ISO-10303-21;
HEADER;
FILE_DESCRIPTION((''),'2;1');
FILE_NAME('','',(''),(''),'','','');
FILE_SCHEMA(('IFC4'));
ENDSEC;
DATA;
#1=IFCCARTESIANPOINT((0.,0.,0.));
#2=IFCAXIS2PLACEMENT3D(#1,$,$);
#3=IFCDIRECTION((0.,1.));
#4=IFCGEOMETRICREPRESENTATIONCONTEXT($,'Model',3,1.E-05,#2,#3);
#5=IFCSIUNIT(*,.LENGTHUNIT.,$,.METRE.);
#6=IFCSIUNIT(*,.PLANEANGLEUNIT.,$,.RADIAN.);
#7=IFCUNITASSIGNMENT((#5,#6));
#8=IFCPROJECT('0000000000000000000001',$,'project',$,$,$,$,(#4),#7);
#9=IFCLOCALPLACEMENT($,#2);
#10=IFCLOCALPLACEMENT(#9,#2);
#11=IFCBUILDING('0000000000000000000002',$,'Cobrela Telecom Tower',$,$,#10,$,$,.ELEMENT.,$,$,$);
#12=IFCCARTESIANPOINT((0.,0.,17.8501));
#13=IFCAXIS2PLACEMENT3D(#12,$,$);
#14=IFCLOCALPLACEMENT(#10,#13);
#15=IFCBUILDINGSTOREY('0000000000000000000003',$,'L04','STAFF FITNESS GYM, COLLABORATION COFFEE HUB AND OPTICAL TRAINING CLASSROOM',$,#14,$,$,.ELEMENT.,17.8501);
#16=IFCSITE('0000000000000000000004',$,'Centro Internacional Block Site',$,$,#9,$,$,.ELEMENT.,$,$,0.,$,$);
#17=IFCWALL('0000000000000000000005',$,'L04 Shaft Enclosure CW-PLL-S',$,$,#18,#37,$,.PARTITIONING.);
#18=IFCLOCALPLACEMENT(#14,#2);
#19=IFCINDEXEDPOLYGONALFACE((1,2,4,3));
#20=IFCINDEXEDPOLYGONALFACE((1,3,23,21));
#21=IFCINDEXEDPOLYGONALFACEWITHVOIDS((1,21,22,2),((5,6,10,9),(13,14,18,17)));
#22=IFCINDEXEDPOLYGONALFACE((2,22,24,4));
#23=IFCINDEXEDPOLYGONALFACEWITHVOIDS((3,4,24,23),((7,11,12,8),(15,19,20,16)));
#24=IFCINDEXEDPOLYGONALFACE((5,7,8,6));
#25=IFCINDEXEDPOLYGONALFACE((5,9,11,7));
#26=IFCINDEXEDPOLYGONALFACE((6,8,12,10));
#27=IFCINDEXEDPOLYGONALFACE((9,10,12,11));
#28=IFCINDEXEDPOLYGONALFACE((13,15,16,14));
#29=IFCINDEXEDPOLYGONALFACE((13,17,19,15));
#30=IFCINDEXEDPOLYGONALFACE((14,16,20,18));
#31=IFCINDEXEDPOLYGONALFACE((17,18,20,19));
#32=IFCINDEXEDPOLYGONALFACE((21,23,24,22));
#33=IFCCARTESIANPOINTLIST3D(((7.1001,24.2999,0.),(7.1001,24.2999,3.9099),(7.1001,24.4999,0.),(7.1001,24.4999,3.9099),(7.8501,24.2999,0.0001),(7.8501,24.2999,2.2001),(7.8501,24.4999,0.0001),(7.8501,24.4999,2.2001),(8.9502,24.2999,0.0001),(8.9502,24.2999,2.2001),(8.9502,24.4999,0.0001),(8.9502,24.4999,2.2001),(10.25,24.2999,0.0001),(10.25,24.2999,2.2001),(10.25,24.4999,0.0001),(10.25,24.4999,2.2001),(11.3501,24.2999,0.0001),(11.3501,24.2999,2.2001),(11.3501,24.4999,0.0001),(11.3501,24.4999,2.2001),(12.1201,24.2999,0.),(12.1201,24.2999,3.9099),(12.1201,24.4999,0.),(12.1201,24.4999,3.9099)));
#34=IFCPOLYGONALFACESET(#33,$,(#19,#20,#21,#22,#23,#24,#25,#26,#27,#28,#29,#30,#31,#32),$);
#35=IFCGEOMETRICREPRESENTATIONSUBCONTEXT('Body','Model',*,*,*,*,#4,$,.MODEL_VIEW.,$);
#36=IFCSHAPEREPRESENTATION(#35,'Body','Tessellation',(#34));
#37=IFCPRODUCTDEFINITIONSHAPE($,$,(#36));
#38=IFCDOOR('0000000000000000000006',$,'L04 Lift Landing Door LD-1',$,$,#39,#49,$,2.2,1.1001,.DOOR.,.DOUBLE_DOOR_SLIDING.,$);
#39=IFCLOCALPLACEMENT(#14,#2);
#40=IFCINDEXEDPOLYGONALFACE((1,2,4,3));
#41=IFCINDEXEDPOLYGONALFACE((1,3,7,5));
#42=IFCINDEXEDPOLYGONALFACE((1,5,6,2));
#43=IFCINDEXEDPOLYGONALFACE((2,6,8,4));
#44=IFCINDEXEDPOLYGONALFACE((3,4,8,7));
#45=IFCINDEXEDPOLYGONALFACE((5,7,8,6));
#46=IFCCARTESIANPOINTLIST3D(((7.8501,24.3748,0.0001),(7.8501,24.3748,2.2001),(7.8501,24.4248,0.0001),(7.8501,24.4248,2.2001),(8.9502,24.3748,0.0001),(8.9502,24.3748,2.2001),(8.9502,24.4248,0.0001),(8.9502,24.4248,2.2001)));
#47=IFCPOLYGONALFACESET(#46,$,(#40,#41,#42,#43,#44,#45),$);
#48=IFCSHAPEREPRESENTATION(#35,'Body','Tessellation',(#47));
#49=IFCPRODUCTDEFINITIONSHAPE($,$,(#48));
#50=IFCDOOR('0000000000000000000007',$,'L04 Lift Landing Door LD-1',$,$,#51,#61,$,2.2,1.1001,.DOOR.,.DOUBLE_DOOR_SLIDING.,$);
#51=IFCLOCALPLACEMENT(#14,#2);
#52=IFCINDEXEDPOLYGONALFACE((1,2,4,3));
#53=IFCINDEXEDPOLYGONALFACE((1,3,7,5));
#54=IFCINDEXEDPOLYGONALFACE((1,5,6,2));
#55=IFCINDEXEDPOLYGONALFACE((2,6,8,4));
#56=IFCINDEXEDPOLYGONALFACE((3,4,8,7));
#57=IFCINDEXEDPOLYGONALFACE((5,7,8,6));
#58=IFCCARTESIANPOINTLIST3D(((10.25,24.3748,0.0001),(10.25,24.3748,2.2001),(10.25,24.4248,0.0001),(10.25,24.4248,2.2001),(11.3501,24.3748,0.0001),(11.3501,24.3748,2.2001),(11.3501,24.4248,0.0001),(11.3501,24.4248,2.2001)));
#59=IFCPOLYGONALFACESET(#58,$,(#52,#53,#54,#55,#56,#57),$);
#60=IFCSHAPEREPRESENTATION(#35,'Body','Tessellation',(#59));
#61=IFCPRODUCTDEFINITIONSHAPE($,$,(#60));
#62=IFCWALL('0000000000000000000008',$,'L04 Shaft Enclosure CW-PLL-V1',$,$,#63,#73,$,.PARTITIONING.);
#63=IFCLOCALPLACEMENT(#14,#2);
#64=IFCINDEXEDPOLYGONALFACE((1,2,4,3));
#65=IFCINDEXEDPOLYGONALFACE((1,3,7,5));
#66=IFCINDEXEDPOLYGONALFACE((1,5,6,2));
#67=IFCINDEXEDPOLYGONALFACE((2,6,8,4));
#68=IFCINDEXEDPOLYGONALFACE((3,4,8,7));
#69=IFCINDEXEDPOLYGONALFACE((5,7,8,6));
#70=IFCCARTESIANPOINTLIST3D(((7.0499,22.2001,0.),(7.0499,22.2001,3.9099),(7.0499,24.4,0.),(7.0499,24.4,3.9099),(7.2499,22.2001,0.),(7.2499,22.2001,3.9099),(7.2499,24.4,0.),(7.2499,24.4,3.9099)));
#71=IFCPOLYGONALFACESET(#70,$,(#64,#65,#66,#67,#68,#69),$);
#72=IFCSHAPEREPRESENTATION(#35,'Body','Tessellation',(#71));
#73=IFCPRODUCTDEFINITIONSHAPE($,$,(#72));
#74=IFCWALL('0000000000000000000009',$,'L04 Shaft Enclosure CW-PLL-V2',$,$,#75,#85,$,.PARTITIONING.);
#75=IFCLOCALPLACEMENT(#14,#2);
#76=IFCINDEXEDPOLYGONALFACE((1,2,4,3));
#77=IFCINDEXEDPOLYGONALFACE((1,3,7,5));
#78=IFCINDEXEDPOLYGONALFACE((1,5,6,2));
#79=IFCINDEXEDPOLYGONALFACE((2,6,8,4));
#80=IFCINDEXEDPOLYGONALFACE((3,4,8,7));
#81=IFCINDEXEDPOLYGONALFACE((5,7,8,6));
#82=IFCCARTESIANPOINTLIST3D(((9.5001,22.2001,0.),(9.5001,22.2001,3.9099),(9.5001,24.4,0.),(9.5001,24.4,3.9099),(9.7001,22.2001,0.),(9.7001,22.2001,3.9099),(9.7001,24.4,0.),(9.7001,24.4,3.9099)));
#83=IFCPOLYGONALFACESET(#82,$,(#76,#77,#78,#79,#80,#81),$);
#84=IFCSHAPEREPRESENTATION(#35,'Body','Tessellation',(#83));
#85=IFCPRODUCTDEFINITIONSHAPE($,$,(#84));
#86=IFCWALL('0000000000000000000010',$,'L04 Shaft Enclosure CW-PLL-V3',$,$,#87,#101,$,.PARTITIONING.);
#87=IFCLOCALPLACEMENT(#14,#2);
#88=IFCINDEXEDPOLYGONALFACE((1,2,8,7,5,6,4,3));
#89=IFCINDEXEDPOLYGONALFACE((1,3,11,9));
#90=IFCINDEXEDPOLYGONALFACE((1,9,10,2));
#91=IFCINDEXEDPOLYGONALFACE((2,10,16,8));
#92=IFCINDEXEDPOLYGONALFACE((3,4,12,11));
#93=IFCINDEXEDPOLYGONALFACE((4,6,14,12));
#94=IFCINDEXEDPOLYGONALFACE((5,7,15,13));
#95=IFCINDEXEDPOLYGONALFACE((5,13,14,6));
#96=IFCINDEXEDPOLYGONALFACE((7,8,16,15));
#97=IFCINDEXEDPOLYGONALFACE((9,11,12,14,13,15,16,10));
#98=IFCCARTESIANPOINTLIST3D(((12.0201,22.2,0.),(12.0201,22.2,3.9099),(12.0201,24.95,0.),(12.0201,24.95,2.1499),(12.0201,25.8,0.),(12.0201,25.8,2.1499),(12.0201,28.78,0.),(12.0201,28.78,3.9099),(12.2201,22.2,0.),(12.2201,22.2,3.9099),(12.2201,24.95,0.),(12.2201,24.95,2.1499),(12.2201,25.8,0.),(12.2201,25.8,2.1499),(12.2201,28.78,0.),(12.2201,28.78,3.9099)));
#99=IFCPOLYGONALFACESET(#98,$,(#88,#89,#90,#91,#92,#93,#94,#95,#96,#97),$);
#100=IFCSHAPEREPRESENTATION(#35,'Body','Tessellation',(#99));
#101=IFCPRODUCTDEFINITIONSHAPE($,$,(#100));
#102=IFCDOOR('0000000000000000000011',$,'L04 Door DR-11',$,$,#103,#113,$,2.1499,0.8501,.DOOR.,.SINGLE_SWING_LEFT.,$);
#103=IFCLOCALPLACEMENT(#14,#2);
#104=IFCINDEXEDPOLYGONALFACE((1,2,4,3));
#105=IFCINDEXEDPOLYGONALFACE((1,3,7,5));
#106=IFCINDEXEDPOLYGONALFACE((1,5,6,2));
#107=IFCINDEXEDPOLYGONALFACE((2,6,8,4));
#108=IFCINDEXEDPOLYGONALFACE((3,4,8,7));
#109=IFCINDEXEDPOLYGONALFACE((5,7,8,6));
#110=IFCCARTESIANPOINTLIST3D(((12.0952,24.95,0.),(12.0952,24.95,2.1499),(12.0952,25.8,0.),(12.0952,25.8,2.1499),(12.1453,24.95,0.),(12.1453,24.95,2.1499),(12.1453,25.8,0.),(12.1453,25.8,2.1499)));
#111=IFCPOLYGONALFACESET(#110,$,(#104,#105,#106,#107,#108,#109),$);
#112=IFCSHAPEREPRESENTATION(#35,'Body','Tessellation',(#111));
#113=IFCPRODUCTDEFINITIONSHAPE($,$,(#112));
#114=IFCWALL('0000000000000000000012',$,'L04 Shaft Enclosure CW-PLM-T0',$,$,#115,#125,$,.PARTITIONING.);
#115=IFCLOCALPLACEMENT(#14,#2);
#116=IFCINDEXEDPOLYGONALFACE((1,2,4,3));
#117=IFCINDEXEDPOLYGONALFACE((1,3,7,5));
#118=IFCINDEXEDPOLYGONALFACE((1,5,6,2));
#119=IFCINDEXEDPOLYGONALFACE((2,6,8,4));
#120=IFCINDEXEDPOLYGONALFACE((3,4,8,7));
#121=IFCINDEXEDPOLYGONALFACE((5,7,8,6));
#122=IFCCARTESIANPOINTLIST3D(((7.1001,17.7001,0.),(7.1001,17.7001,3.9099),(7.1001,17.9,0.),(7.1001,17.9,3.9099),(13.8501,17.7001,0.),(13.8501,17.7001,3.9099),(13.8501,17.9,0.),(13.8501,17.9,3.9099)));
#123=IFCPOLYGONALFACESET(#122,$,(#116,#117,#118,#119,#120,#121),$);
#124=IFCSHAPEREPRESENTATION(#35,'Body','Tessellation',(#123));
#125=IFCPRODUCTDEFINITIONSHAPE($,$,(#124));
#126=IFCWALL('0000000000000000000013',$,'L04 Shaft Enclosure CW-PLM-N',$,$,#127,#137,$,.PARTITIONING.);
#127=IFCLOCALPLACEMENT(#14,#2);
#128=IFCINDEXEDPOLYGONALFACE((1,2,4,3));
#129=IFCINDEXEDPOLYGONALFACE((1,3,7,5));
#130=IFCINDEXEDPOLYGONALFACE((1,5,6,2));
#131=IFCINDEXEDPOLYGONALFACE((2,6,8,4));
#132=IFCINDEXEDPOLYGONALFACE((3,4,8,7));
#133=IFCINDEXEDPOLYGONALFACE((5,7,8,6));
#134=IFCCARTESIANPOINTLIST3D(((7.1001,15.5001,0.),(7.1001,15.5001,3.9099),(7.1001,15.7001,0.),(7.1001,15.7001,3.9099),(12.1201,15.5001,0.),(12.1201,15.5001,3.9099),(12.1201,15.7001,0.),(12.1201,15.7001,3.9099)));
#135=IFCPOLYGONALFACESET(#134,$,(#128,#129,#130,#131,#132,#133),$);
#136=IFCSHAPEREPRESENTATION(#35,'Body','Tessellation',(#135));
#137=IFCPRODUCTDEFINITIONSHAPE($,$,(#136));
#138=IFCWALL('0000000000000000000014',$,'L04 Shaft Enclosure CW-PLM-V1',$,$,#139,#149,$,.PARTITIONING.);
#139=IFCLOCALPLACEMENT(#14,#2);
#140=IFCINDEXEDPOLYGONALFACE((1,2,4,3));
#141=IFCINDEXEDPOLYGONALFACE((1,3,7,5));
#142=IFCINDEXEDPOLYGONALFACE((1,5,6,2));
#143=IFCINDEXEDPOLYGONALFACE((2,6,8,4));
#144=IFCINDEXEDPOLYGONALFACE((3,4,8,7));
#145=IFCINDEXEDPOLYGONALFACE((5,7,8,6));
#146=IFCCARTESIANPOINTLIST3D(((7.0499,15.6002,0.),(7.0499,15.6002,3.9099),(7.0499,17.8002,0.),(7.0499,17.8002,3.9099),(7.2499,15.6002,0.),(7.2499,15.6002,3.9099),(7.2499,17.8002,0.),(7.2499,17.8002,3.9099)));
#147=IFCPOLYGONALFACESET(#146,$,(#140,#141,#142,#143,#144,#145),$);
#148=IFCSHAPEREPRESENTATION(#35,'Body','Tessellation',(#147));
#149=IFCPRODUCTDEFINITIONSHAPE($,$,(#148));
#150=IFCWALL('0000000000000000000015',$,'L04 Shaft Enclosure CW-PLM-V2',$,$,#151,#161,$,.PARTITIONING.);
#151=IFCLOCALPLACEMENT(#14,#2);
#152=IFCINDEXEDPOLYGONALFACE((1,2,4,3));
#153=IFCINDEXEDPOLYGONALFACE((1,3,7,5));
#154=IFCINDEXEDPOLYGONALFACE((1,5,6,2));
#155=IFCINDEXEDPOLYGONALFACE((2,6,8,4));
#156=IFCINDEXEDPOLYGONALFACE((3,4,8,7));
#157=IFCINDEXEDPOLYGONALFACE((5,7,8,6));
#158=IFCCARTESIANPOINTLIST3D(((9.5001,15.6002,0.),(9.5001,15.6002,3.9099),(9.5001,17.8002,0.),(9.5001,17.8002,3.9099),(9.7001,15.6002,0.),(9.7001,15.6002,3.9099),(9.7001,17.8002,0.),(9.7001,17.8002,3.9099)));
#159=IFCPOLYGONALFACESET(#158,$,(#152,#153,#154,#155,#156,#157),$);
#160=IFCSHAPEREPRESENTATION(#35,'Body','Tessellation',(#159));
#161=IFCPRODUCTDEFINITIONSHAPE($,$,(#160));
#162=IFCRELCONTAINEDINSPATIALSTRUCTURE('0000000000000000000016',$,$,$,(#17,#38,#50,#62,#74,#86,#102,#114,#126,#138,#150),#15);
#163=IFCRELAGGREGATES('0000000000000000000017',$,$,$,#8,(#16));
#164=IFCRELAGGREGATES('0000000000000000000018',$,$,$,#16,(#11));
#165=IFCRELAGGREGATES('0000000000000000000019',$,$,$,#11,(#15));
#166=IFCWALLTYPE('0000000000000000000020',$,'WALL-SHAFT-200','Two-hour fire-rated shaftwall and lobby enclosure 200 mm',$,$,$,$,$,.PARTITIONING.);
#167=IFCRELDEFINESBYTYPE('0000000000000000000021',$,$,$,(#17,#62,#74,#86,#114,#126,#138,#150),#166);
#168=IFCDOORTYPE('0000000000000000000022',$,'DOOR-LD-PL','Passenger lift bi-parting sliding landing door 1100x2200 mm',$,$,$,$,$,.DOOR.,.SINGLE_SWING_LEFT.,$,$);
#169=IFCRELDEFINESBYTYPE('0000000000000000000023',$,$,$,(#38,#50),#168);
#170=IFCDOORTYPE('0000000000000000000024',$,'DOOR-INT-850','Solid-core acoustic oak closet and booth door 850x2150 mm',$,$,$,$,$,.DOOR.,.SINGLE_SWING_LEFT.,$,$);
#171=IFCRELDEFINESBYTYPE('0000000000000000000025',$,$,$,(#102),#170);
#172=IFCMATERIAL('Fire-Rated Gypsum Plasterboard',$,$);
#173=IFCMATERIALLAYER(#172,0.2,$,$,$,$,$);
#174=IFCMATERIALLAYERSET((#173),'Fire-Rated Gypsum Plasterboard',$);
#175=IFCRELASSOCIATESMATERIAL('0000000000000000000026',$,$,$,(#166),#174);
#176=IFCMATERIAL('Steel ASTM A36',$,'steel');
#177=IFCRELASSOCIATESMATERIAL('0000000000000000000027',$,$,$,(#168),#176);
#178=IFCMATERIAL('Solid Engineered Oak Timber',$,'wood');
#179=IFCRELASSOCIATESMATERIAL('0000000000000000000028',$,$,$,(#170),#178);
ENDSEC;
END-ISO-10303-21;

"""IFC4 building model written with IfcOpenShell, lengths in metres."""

from ifc_helpers import new_model, si_unit, direction, frame, frame_2d, origin, place, context, subcontext, project, spatial, rectangle, extrude, material, layer, layer_set, type_object, element, fill, save


model = new_model("IFC4")

# Units and contexts
model_context = context("Model", 3, precision=1e-05, world=origin(), true_north=direction((0.0, 1.0)))
body_context = subcontext(model_context, "Body", "Model", "MODEL_VIEW")
ifc_project = project(units=[si_unit("LENGTHUNIT", "METRE"), si_unit("PLANEANGLEUNIT", "RADIAN")], contexts=[model_context])

# Site, building, storey
site_placement = place(None, origin())
site = spatial("IfcSite", under=ifc_project, at=site_placement, Name="Centro Internacional Block Site", CompositionType="ELEMENT", RefElevation=0.0)
building_placement = place(site_placement, origin())
building = spatial("IfcBuilding", under=site, at=building_placement, Name="Cobrela Telecom Tower", CompositionType="ELEMENT")
storey_placement = place(building_placement, frame((0.0, 0.0, 17.8501)))
storey = spatial("IfcBuildingStorey", under=building, at=storey_placement, Name="L04", Description="STAFF FITNESS GYM, COLLABORATION COFFEE HUB AND OPTICAL TRAINING CLASSROOM", CompositionType="ELEMENT", Elevation=17.8501)

# Shared definitions
ifc_material_1 = material(Name="Fire-Rated Gypsum Plasterboard")
ifc_material_2 = material(Name="Solid Engineered Oak Timber", Category="wood")

# Shared definitions
ifc_layer_1 = layer(ifc_material_1, 0.2)
ifc_layer_set_1 = layer_set([ifc_layer_1], Name="Fire-Rated Gypsum Plasterboard")
wall_type_1 = type_object("IfcWallType", Name="WALL-SHAFT-200", Description="Two-hour fire-rated shaftwall and lobby enclosure 200 mm", PredefinedType="PARTITIONING", material=ifc_layer_set_1)

# Wall, openings, doors
wall_1_placement = place(storey_placement, frame((7.1001, 24.3999, 0.0), z_axis=(0.0, 0.0, 1.0), x_axis=(1.0, 0.0, 0.0)))
wall_1 = element("IfcWall", 1, at=wall_1_placement, inside=storey, type_object=wall_type_1, Name="L04 Shaft Enclosure CW-PLL-S", PredefinedType="PARTITIONING", context=body_context, shape_type="SweptSolid", body=[
    extrude(rectangle(XDim=5.02, YDim=0.2, at=frame_2d((2.51, 0.0))), origin(), (0.0, 0.0, 1.0), 3.9099),
])
opening_1_placement = place(wall_1_placement, frame((0.75, 0.0, 0.0)))
opening_1 = element("IfcOpeningElement", 2, at=opening_1_placement, cuts=wall_1, PredefinedType="OPENING", context=body_context, shape_type="SweptSolid", body=[
    extrude(rectangle(XDim=1.1001, YDim=2.2, at=frame_2d((0.55, 1.1001))), frame((0.0, 0.1118, 0.0), z_axis=(0.0, -1.0, 0.0), x_axis=(1.0, 0.0, 0.0)), (0.0, 0.0, 1.0), 0.2239),
])
opening_2_placement = place(wall_1_placement, frame((3.1499, 0.0, 0.0)))
opening_2 = element("IfcOpeningElement", 3, at=opening_2_placement, cuts=wall_1, PredefinedType="OPENING", context=body_context, shape_type="SweptSolid", body=[
    extrude(rectangle(XDim=1.1001, YDim=2.2, at=frame_2d((0.55, 1.1001))), frame((0.0, 0.1118, 0.0), z_axis=(0.0, -1.0, 0.0), x_axis=(1.0, 0.0, 0.0)), (0.0, 0.0, 1.0), 0.2239),
])
ifc_material_3 = material(Name="Steel ASTM A36", Category="steel")
door_type_1 = type_object("IfcDoorType", Name="DOOR-LD-PL", Description="Passenger lift bi-parting sliding landing door 1100x2200 mm", OperationType="SINGLE_SWING_LEFT", PredefinedType="DOOR", material=ifc_material_3)
door_1_placement = place(opening_1_placement, origin())
door_1 = element("IfcDoor", 4, at=door_1_placement, inside=storey, type_object=door_type_1, Name="L04 Lift Landing Door LD-1", OperationType="DOUBLE_DOOR_SLIDING", OverallHeight=2.2, OverallWidth=1.1001, PredefinedType="DOOR", context=body_context, shape_type="SweptSolid", body=[
    extrude(rectangle(XDim=1.1001, YDim=2.2, at=frame_2d((0.55, 1.1001))), frame((0.0, 0.0249, 0.0), z_axis=(0.0, -1.0, 0.0), x_axis=(1.0, 0.0, 0.0)), (0.0, 0.0, 1.0), 0.05),
])
fill(opening_1, door_1)
door_2_placement = place(opening_2_placement, origin())
door_2 = element("IfcDoor", 5, at=door_2_placement, inside=storey, type_object=door_type_1, Name="L04 Lift Landing Door LD-1", OperationType="DOUBLE_DOOR_SLIDING", OverallHeight=2.2, OverallWidth=1.1001, PredefinedType="DOOR", context=body_context, shape_type="SweptSolid", body=[
    extrude(rectangle(XDim=1.1001, YDim=2.2, at=frame_2d((0.55, 1.1001))), frame((0.0, 0.0249, 0.0), z_axis=(0.0, -1.0, 0.0), x_axis=(1.0, 0.0, 0.0)), (0.0, 0.0, 1.0), 0.05),
])
fill(opening_2, door_2)

# Walls
for number, where, z_axis, x_axis, name in (
    (6, (7.1499, 22.2, 0.0), (0.0, 0.0, 1.0), (0.0, 1.0, 0.0), "L04 Shaft Enclosure CW-PLL-V1"),
    (7, (9.6001, 22.2, 0.0), (0.0, 0.0, 1.0), (0.0, 1.0, 0.0), "L04 Shaft Enclosure CW-PLL-V2"),
):
    element("IfcWall", number, at=place(storey_placement, frame(where, z_axis=z_axis, x_axis=x_axis)), inside=storey, type_object=wall_type_1, Name=name, PredefinedType="PARTITIONING", context=body_context, shape_type="SweptSolid", body=[
        extrude(rectangle(XDim=2.2, YDim=0.2, at=frame_2d((1.1001, 0.0))), origin(), (0.0, 0.0, 1.0), 3.9099),
    ])

# Wall, opening, door
wall_2_placement = place(storey_placement, frame((12.1201, 22.2, 0.0), z_axis=(0.0, 0.0, 1.0), x_axis=(0.0, 1.0, 0.0)))
wall_2 = element("IfcWall", 8, at=wall_2_placement, inside=storey, type_object=wall_type_1, Name="L04 Shaft Enclosure CW-PLL-V3", PredefinedType="PARTITIONING", context=body_context, shape_type="SweptSolid", body=[
    extrude(rectangle(XDim=6.5801, YDim=0.2, at=frame_2d((3.29, 0.0))), origin(), (0.0, 0.0, 1.0), 3.9099),
])
opening_3_placement = place(wall_2_placement, frame((2.75, 0.0, 0.0)))
opening_3 = element("IfcOpeningElement", 9, at=opening_3_placement, cuts=wall_2, PredefinedType="OPENING", context=body_context, shape_type="SweptSolid", body=[
    extrude(rectangle(XDim=0.8501, YDim=2.1499, at=frame_2d((0.425, 1.075))), frame((0.0, 0.1118, 0.0), z_axis=(0.0, -1.0, 0.0), x_axis=(1.0, 0.0, 0.0)), (0.0, 0.0, 1.0), 0.2239),
])
door_type_2 = type_object("IfcDoorType", Name="DOOR-INT-850", Description="Solid-core acoustic oak closet and booth door 850x2150 mm", OperationType="SINGLE_SWING_LEFT", PredefinedType="DOOR", material=ifc_material_2)
door_3_placement = place(opening_3_placement, origin())
door_3 = element("IfcDoor", 10, at=door_3_placement, inside=storey, type_object=door_type_2, Name="L04 Door DR-11", OperationType="SINGLE_SWING_LEFT", OverallHeight=2.1499, OverallWidth=0.8501, PredefinedType="DOOR", context=body_context, shape_type="SweptSolid", body=[
    extrude(rectangle(XDim=0.8501, YDim=2.1499, at=frame_2d((0.425, 1.075))), frame((0.0, 0.0249, 0.0), z_axis=(0.0, -1.0, 0.0), x_axis=(1.0, 0.0, 0.0)), (0.0, 0.0, 1.0), 0.05),
])
fill(opening_3, door_3)

# Walls
wall_3_placement = place(storey_placement, frame((7.1001, 17.8, 0.0), z_axis=(0.0, 0.0, 1.0), x_axis=(1.0, 0.0, 0.0)))
element("IfcWall", 11, at=wall_3_placement, inside=storey, type_object=wall_type_1, Name="L04 Shaft Enclosure CW-PLM-T0", PredefinedType="PARTITIONING", context=body_context, shape_type="SweptSolid", body=[
    extrude(rectangle(XDim=6.75, YDim=0.2, at=frame_2d((3.375, 0.0))), origin(), (0.0, 0.0, 1.0), 3.9099),
])
wall_4_placement = place(storey_placement, frame((7.1001, 15.6001, 0.0), z_axis=(0.0, 0.0, 1.0), x_axis=(1.0, 0.0, 0.0)))
element("IfcWall", 12, at=wall_4_placement, inside=storey, type_object=wall_type_1, Name="L04 Shaft Enclosure CW-PLM-N", PredefinedType="PARTITIONING", context=body_context, shape_type="SweptSolid", body=[
    extrude(rectangle(XDim=5.02, YDim=0.2, at=frame_2d((2.51, 0.0))), origin(), (0.0, 0.0, 1.0), 3.9099),
])
for number, where, z_axis, x_axis, name in (
    (13, (7.1499, 15.6001, 0.0), (0.0, 0.0, 1.0), (0.0, 1.0, 0.0), "L04 Shaft Enclosure CW-PLM-V1"),
    (14, (9.6001, 15.6001, 0.0), (0.0, 0.0, 1.0), (0.0, 1.0, 0.0), "L04 Shaft Enclosure CW-PLM-V2"),
):
    element("IfcWall", number, at=place(storey_placement, frame(where, z_axis=z_axis, x_axis=x_axis)), inside=storey, type_object=wall_type_1, Name=name, PredefinedType="PARTITIONING", context=body_context, shape_type="SweptSolid", body=[
        extrude(rectangle(XDim=2.2, YDim=0.2, at=frame_2d((1.1001, 0.0))), origin(), (0.0, 0.0, 1.0), 3.9099),
    ])

save(model, "model.ifc")
